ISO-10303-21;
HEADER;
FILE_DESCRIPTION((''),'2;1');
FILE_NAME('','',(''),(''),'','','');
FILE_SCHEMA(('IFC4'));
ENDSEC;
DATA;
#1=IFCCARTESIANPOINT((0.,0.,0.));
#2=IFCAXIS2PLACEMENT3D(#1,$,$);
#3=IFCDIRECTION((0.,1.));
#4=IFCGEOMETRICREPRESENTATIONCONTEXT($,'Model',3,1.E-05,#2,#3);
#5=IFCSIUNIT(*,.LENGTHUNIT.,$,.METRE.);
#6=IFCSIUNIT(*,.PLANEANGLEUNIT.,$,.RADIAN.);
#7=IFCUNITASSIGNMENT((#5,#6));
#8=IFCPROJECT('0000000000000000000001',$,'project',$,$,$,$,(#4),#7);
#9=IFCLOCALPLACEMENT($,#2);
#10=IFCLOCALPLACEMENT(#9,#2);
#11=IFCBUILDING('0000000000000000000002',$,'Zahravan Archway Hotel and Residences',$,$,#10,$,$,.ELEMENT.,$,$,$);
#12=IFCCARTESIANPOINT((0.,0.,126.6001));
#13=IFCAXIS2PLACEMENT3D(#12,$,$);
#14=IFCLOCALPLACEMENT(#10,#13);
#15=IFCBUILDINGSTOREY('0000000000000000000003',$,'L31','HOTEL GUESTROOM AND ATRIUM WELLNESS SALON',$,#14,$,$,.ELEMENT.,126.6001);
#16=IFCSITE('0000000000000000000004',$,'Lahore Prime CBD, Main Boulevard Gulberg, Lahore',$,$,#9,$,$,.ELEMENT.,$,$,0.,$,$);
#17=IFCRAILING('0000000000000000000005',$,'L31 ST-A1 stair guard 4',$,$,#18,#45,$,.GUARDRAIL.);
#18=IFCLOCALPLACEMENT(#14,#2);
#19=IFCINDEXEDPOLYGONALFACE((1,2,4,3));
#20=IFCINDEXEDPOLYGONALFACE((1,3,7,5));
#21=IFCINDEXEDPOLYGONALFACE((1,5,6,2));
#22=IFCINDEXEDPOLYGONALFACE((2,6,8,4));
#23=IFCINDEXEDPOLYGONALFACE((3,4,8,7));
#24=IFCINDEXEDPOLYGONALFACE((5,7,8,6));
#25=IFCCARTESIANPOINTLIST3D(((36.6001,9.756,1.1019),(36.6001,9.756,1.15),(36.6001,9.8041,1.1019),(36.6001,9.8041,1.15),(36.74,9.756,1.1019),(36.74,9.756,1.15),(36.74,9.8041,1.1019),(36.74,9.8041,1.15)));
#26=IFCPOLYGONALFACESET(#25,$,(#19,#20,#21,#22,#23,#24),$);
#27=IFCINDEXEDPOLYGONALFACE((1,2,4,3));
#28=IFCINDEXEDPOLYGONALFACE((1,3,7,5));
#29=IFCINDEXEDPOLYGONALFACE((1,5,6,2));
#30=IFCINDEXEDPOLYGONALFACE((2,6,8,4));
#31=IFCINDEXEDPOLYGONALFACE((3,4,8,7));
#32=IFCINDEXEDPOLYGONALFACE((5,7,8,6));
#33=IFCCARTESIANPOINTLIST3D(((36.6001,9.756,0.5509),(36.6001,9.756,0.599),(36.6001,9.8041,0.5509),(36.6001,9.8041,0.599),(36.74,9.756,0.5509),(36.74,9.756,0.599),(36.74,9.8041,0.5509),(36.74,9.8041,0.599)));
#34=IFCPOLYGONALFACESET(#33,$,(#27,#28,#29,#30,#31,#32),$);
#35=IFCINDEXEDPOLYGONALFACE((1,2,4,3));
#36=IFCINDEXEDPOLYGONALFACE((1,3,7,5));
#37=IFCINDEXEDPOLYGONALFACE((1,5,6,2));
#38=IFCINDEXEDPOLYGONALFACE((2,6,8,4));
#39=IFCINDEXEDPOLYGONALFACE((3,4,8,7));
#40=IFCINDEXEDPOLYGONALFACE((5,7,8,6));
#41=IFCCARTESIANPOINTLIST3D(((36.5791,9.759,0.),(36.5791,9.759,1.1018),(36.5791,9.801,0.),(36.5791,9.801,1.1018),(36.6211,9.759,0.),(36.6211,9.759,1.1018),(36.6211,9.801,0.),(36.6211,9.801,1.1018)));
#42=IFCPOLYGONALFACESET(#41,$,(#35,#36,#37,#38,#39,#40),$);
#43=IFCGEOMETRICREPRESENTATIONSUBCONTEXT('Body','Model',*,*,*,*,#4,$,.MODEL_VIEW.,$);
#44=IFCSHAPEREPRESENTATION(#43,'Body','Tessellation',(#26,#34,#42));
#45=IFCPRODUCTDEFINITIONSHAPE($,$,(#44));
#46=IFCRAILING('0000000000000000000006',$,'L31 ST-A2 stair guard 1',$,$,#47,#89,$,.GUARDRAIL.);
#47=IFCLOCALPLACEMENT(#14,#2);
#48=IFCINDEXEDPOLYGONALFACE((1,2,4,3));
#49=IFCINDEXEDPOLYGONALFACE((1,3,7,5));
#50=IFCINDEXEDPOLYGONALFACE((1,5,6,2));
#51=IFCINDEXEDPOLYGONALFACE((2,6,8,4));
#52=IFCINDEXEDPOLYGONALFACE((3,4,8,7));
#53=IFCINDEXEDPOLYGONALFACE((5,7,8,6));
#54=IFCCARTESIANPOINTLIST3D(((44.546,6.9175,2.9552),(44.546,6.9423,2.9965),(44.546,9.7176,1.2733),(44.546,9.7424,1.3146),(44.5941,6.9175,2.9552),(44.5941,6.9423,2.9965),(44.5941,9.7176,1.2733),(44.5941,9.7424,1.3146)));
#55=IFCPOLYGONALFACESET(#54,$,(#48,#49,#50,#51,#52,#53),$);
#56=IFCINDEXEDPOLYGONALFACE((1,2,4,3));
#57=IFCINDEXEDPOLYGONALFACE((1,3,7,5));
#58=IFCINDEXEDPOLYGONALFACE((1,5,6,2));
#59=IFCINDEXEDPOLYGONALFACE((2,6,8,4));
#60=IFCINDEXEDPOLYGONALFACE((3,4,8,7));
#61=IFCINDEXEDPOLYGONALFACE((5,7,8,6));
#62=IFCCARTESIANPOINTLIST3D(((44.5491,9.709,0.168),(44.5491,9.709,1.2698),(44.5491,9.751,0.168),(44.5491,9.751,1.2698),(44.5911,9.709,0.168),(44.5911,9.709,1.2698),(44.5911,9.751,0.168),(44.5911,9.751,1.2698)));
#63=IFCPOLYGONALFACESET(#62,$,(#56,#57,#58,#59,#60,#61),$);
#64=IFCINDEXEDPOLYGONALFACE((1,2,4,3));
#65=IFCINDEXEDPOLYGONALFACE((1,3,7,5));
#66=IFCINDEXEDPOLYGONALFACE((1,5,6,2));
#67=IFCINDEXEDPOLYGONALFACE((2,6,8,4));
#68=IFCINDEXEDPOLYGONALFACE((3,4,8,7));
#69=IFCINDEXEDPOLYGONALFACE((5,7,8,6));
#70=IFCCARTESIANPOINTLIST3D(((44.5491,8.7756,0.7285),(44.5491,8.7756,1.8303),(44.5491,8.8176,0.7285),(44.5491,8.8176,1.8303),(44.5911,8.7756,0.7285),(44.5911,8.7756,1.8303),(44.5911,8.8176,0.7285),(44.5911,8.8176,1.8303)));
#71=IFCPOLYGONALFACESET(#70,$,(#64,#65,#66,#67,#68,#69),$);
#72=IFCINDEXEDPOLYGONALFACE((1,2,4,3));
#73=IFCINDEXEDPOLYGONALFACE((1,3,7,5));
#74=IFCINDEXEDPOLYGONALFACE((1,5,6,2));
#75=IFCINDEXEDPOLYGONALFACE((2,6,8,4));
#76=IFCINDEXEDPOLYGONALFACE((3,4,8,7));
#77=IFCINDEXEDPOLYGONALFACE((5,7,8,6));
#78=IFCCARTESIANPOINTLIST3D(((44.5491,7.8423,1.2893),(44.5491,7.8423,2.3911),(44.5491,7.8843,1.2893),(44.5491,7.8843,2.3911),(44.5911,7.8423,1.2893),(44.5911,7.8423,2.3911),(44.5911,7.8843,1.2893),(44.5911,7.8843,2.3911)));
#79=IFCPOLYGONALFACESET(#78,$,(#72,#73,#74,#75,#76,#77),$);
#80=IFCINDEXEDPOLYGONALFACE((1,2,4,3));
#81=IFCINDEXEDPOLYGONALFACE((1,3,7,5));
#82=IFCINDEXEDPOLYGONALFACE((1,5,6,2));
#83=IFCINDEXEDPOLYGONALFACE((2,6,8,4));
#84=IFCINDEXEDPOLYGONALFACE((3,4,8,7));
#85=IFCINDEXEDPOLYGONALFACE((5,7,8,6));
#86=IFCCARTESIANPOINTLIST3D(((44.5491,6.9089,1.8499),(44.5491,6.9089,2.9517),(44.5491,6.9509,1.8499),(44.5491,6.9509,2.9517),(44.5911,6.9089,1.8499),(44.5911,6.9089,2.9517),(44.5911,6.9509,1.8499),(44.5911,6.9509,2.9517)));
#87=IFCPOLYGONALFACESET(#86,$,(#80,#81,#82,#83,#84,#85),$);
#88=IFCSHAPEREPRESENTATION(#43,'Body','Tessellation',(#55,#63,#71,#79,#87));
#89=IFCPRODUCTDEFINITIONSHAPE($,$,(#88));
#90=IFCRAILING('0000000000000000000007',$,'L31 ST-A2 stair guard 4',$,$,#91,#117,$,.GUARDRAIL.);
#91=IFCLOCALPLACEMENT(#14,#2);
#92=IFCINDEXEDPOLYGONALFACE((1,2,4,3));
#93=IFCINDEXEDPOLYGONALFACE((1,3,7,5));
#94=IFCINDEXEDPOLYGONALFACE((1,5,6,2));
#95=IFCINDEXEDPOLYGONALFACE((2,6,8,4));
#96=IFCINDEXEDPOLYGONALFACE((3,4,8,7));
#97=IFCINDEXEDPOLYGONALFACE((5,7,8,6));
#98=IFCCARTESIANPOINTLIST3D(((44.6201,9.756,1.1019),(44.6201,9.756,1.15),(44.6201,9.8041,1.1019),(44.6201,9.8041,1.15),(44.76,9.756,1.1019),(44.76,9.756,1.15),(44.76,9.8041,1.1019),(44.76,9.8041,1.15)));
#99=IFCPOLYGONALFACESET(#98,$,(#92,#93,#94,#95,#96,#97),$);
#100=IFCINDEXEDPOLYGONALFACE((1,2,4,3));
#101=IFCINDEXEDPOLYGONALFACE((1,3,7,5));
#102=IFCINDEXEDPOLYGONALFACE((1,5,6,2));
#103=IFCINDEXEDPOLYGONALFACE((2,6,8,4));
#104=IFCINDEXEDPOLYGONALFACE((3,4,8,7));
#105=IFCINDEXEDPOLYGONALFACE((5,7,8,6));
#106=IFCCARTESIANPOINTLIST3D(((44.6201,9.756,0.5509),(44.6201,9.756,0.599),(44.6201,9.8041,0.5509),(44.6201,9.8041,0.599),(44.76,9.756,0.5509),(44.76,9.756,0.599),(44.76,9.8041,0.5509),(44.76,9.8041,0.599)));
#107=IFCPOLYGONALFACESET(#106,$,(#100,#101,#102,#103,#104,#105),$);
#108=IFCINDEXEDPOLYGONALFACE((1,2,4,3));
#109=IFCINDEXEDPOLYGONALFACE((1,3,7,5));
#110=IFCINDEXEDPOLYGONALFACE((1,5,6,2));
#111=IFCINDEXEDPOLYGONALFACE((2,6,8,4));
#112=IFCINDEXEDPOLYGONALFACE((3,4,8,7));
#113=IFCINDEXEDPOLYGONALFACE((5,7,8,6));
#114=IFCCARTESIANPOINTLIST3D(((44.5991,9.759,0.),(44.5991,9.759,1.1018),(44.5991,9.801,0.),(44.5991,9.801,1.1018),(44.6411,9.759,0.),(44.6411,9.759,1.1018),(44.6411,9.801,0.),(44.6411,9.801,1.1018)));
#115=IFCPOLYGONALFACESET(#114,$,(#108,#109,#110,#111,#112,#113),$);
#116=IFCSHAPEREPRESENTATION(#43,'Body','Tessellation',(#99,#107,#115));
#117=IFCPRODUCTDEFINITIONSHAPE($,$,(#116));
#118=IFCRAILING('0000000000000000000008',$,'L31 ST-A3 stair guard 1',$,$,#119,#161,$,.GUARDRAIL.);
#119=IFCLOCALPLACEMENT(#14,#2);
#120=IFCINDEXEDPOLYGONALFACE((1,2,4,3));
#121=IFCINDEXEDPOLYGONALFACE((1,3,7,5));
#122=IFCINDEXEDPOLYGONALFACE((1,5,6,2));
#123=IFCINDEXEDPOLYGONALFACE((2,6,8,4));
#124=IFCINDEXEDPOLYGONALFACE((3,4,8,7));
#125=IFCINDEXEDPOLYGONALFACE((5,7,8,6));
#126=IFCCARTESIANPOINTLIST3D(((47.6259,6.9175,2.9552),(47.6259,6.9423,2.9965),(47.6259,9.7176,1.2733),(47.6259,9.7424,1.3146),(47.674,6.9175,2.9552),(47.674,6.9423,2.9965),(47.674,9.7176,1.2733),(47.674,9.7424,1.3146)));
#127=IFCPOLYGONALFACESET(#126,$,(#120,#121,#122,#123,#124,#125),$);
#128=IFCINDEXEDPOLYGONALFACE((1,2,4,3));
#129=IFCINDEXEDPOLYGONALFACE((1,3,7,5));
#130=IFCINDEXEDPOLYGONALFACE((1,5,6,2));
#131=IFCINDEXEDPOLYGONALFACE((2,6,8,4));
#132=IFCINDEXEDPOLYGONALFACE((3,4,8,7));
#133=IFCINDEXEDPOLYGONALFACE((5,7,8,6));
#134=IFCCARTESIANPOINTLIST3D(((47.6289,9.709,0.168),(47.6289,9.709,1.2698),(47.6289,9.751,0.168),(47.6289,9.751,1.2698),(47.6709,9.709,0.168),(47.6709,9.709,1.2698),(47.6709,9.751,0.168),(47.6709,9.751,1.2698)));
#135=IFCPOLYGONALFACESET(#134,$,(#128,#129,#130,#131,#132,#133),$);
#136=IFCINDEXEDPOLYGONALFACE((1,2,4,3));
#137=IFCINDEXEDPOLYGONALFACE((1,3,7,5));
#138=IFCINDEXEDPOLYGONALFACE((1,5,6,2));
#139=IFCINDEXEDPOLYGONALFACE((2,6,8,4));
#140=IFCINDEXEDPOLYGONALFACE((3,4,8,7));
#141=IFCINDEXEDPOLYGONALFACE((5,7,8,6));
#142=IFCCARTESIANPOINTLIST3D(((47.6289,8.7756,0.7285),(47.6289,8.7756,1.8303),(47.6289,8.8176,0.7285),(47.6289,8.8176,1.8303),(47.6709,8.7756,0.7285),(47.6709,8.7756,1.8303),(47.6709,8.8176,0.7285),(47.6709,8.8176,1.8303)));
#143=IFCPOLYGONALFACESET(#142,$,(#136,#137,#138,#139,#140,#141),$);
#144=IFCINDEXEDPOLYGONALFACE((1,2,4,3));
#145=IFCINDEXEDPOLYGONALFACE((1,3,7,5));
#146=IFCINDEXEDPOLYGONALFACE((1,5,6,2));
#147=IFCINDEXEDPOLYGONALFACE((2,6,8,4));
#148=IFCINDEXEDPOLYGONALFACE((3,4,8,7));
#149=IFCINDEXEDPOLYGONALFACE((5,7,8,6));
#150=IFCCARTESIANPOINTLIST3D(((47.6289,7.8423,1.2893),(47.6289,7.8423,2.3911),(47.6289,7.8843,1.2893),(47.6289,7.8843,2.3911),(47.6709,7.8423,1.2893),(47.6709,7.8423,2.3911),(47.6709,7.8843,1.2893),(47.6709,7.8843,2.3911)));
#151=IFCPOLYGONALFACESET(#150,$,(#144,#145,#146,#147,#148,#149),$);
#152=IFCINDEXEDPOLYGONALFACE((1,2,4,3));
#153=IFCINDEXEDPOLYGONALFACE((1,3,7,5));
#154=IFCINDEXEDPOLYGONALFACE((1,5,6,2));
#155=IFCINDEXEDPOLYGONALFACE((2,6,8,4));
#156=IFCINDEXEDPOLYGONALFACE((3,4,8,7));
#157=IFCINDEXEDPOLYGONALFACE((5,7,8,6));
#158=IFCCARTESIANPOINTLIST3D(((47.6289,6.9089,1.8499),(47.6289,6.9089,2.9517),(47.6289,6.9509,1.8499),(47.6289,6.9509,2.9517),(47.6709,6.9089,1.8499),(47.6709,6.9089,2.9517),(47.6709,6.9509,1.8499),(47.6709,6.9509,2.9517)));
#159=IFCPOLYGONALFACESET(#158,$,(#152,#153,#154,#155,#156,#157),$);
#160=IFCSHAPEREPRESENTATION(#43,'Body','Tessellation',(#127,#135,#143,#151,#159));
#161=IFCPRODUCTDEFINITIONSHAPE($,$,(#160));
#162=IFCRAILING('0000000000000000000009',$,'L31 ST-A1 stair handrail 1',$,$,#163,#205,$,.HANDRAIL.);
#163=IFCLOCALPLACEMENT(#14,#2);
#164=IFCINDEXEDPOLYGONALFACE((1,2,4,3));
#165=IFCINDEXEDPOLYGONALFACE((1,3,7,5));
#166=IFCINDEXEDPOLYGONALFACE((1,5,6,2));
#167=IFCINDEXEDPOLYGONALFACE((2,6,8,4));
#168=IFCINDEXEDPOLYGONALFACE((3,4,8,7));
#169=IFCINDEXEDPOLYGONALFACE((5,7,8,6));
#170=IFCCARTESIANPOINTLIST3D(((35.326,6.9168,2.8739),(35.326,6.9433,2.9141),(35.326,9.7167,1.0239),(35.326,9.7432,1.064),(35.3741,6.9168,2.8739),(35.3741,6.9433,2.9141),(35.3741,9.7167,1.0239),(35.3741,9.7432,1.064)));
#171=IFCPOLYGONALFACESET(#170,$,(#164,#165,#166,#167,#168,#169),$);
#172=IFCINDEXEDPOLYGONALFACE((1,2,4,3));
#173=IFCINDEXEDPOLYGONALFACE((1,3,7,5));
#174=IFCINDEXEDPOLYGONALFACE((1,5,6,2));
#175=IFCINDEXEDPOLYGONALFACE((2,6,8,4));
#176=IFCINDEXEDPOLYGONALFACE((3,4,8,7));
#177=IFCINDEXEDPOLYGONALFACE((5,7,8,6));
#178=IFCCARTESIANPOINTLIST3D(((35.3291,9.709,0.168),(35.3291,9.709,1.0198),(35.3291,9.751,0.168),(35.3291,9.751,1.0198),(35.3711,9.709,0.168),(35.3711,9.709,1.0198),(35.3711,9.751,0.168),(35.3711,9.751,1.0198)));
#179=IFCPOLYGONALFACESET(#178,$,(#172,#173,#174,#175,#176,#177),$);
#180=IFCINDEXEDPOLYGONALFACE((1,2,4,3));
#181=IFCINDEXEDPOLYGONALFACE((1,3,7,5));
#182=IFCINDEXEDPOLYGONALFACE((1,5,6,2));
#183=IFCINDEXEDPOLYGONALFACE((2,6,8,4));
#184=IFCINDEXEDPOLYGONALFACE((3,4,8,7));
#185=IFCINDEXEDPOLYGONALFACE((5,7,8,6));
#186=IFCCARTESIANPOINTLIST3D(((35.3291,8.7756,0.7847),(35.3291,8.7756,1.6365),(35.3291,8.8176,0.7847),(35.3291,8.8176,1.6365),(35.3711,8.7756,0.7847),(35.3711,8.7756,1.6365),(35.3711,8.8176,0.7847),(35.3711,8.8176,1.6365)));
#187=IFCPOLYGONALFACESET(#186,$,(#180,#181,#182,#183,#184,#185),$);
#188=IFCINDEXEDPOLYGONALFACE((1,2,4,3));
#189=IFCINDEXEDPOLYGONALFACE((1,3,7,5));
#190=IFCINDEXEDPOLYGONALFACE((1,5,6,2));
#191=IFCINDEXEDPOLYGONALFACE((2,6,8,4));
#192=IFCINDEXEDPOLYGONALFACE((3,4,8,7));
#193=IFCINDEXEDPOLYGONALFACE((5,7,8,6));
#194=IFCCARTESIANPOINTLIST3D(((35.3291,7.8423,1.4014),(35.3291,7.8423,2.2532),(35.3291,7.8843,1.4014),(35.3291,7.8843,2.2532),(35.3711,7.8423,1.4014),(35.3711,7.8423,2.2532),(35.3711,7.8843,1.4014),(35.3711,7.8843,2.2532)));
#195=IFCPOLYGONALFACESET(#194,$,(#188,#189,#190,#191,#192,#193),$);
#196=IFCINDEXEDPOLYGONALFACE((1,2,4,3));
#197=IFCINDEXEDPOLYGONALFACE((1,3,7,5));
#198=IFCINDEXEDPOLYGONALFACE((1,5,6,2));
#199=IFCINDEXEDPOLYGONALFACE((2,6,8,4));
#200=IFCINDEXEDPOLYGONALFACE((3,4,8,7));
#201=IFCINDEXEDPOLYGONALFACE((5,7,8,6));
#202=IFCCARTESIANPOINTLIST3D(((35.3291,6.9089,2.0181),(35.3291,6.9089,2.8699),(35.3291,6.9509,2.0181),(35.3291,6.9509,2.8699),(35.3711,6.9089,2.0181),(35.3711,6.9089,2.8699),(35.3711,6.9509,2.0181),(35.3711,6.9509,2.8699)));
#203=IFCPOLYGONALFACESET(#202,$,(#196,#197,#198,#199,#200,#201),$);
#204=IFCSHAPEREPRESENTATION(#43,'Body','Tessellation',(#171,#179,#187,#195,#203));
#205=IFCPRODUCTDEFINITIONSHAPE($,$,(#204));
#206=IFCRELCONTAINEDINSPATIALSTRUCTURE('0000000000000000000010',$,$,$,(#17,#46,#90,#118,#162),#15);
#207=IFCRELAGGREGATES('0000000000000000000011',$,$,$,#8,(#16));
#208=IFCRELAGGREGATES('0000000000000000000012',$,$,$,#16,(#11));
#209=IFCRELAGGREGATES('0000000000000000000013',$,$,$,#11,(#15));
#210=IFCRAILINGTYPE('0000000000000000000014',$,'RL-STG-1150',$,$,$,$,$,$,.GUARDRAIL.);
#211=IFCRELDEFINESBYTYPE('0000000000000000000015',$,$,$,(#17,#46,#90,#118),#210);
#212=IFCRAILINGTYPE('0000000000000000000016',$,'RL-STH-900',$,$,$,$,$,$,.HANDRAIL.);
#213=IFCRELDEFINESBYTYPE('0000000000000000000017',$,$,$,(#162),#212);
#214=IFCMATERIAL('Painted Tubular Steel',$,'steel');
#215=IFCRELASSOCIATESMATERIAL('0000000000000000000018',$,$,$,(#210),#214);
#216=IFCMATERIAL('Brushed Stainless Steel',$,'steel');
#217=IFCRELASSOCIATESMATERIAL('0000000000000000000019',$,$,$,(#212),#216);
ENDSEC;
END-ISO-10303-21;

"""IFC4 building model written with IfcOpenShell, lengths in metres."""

from ifc_helpers import new_model, si_unit, direction, frame, origin, origin_2d, place, context, subcontext, project, spatial, rectangle, extrude, material, type_object, element, save


model = new_model("IFC4")

# Units and contexts
model_context = context("Model", 3, precision=1e-05, world=origin(), true_north=direction((0.0, 1.0)))
body_context = subcontext(model_context, "Body", "Model", "MODEL_VIEW")
ifc_project = project(units=[si_unit("LENGTHUNIT", "METRE"), si_unit("PLANEANGLEUNIT", "RADIAN")], contexts=[model_context])

# Site, building, storey
site_placement = place(None, origin())
site = spatial("IfcSite", under=ifc_project, at=site_placement, Name="Lahore Prime CBD, Main Boulevard Gulberg, Lahore", CompositionType="ELEMENT", RefElevation=0.0)
building_placement = place(site_placement, origin())
building = spatial("IfcBuilding", under=site, at=building_placement, Name="Zahravan Archway Hotel and Residences", CompositionType="ELEMENT")
storey_placement = place(building_placement, frame((0.0, 0.0, 126.6001)))
storey = spatial("IfcBuildingStorey", under=building, at=storey_placement, Name="L31", Description="HOTEL GUESTROOM AND ATRIUM WELLNESS SALON", CompositionType="ELEMENT", Elevation=126.6001)

# Railings
ifc_material_1 = material(Name="Painted Tubular Steel", Category="steel")
railing_type_1 = type_object("IfcRailingType", Name="RL-STG-1150", PredefinedType="GUARDRAIL", material=ifc_material_1)
railing_1_placement = place(storey_placement, frame((36.6001, 9.78, 0.0)))
element("IfcRailing", 1, at=railing_1_placement, inside=storey, type_object=railing_type_1, Name="L31 ST-A1 stair guard 4", PredefinedType="GUARDRAIL", context=body_context, shape_type="SweptSolid", body=[
    extrude(rectangle(XDim=0.0481, YDim=0.0481, at=origin_2d()), frame((0.0, 0.0, 1.126), z_axis=(1.0, 0.0, 0.0), x_axis=(0.0, 1.0, 0.0)), (0.0, 0.0, 1.0), 0.1399),
    extrude(rectangle(XDim=0.0481, YDim=0.0481, at=origin_2d()), frame((0.0, 0.0, 0.575), z_axis=(1.0, 0.0, 0.0), x_axis=(0.0, 1.0, 0.0)), (0.0, 0.0, 1.0), 0.1399),
    extrude(rectangle(XDim=0.042, YDim=0.042, at=origin_2d()), origin(), (0.0, 0.0, 1.0), 1.1018),
])
railing_2_placement = place(storey_placement, frame((44.5701, 9.73, 0.168)))
element("IfcRailing", 2, at=railing_2_placement, inside=storey, type_object=railing_type_1, Name="L31 ST-A2 stair guard 1", PredefinedType="GUARDRAIL", context=body_context, shape_type="SweptSolid", body=[
    extrude(rectangle(XDim=0.0481, YDim=0.0481, at=origin_2d()), frame((0.0, 0.0, 1.126), z_axis=(0.0, -0.857242, 0.514913), x_axis=(1.0, 0.0, 0.0)), (0.0, 0.0, 1.0), 3.2664),
    extrude(rectangle(XDim=0.042, YDim=0.042, at=origin_2d()), origin(), (0.0, 0.0, 1.0), 1.1018),
    extrude(rectangle(XDim=0.042, YDim=0.042, at=origin_2d()), frame((0.0, -0.9333, 0.5605)), (0.0, 0.0, 1.0), 1.1018),
    extrude(rectangle(XDim=0.042, YDim=0.042, at=origin_2d()), frame((0.0, -1.8667, 1.1213)), (0.0, 0.0, 1.0), 1.1018),
    extrude(rectangle(XDim=0.042, YDim=0.042, at=origin_2d()), frame((0.0, -2.8, 1.6819)), (0.0, 0.0, 1.0), 1.1018),
])
railing_3_placement = place(storey_placement, frame((44.6201, 9.78, 0.0)))
element("IfcRailing", 3, at=railing_3_placement, inside=storey, type_object=railing_type_1, Name="L31 ST-A2 stair guard 4", PredefinedType="GUARDRAIL", context=body_context, shape_type="SweptSolid", body=[
    extrude(rectangle(XDim=0.0481, YDim=0.0481, at=origin_2d()), frame((0.0, 0.0, 1.126), z_axis=(1.0, 0.0, 0.0), x_axis=(0.0, 1.0, 0.0)), (0.0, 0.0, 1.0), 0.1399),
    extrude(rectangle(XDim=0.0481, YDim=0.0481, at=origin_2d()), frame((0.0, 0.0, 0.575), z_axis=(1.0, 0.0, 0.0), x_axis=(0.0, 1.0, 0.0)), (0.0, 0.0, 1.0), 0.1399),
    extrude(rectangle(XDim=0.042, YDim=0.042, at=origin_2d()), origin(), (0.0, 0.0, 1.0), 1.1018),
])
railing_4_placement = place(storey_placement, frame((47.6499, 9.73, 0.168)))
element("IfcRailing", 4, at=railing_4_placement, inside=storey, type_object=railing_type_1, Name="L31 ST-A3 stair guard 1", PredefinedType="GUARDRAIL", context=body_context, shape_type="SweptSolid", body=[
    extrude(rectangle(XDim=0.0481, YDim=0.0481, at=origin_2d()), frame((0.0, 0.0, 1.126), z_axis=(0.0, -0.857242, 0.514913), x_axis=(1.0, 0.0, 0.0)), (0.0, 0.0, 1.0), 3.2664),
    extrude(rectangle(XDim=0.042, YDim=0.042, at=origin_2d()), origin(), (0.0, 0.0, 1.0), 1.1018),
    extrude(rectangle(XDim=0.042, YDim=0.042, at=origin_2d()), frame((0.0, -0.9333, 0.5605)), (0.0, 0.0, 1.0), 1.1018),
    extrude(rectangle(XDim=0.042, YDim=0.042, at=origin_2d()), frame((0.0, -1.8667, 1.1213)), (0.0, 0.0, 1.0), 1.1018),
    extrude(rectangle(XDim=0.042, YDim=0.042, at=origin_2d()), frame((0.0, -2.8, 1.6819)), (0.0, 0.0, 1.0), 1.1018),
])
ifc_material_2 = material(Name="Brushed Stainless Steel", Category="steel")
railing_type_2 = type_object("IfcRailingType", Name="RL-STH-900", PredefinedType="HANDRAIL", material=ifc_material_2)
for number, where, name in (
    (5, (35.3501, 9.73, 0.168), "L31 ST-A1 stair handrail 1"),
):
    element("IfcRailing", number, at=place(storey_placement, frame(where)), inside=storey, type_object=railing_type_2, Name=name, PredefinedType="HANDRAIL", context=body_context, shape_type="SweptSolid", body=[
        extrude(rectangle(XDim=0.0481, YDim=0.0481, at=origin_2d()), frame((0.0, 0.0, 0.876), z_axis=(0.0, -0.834326, 0.551271), x_axis=(1.0, 0.0, 0.0)), (0.0, 0.0, 1.0), 3.356),
        extrude(rectangle(XDim=0.042, YDim=0.042, at=origin_2d()), origin(), (0.0, 0.0, 1.0), 0.8518),
        extrude(rectangle(XDim=0.042, YDim=0.042, at=origin_2d()), frame((0.0, -0.9333, 0.6167)), (0.0, 0.0, 1.0), 0.8518),
        extrude(rectangle(XDim=0.042, YDim=0.042, at=origin_2d()), frame((0.0, -1.8667, 1.2334)), (0.0, 0.0, 1.0), 0.8518),
        extrude(rectangle(XDim=0.042, YDim=0.042, at=origin_2d()), frame((0.0, -2.8, 1.8501)), (0.0, 0.0, 1.0), 0.8518),
    ])

save(model, "model.ifc")
